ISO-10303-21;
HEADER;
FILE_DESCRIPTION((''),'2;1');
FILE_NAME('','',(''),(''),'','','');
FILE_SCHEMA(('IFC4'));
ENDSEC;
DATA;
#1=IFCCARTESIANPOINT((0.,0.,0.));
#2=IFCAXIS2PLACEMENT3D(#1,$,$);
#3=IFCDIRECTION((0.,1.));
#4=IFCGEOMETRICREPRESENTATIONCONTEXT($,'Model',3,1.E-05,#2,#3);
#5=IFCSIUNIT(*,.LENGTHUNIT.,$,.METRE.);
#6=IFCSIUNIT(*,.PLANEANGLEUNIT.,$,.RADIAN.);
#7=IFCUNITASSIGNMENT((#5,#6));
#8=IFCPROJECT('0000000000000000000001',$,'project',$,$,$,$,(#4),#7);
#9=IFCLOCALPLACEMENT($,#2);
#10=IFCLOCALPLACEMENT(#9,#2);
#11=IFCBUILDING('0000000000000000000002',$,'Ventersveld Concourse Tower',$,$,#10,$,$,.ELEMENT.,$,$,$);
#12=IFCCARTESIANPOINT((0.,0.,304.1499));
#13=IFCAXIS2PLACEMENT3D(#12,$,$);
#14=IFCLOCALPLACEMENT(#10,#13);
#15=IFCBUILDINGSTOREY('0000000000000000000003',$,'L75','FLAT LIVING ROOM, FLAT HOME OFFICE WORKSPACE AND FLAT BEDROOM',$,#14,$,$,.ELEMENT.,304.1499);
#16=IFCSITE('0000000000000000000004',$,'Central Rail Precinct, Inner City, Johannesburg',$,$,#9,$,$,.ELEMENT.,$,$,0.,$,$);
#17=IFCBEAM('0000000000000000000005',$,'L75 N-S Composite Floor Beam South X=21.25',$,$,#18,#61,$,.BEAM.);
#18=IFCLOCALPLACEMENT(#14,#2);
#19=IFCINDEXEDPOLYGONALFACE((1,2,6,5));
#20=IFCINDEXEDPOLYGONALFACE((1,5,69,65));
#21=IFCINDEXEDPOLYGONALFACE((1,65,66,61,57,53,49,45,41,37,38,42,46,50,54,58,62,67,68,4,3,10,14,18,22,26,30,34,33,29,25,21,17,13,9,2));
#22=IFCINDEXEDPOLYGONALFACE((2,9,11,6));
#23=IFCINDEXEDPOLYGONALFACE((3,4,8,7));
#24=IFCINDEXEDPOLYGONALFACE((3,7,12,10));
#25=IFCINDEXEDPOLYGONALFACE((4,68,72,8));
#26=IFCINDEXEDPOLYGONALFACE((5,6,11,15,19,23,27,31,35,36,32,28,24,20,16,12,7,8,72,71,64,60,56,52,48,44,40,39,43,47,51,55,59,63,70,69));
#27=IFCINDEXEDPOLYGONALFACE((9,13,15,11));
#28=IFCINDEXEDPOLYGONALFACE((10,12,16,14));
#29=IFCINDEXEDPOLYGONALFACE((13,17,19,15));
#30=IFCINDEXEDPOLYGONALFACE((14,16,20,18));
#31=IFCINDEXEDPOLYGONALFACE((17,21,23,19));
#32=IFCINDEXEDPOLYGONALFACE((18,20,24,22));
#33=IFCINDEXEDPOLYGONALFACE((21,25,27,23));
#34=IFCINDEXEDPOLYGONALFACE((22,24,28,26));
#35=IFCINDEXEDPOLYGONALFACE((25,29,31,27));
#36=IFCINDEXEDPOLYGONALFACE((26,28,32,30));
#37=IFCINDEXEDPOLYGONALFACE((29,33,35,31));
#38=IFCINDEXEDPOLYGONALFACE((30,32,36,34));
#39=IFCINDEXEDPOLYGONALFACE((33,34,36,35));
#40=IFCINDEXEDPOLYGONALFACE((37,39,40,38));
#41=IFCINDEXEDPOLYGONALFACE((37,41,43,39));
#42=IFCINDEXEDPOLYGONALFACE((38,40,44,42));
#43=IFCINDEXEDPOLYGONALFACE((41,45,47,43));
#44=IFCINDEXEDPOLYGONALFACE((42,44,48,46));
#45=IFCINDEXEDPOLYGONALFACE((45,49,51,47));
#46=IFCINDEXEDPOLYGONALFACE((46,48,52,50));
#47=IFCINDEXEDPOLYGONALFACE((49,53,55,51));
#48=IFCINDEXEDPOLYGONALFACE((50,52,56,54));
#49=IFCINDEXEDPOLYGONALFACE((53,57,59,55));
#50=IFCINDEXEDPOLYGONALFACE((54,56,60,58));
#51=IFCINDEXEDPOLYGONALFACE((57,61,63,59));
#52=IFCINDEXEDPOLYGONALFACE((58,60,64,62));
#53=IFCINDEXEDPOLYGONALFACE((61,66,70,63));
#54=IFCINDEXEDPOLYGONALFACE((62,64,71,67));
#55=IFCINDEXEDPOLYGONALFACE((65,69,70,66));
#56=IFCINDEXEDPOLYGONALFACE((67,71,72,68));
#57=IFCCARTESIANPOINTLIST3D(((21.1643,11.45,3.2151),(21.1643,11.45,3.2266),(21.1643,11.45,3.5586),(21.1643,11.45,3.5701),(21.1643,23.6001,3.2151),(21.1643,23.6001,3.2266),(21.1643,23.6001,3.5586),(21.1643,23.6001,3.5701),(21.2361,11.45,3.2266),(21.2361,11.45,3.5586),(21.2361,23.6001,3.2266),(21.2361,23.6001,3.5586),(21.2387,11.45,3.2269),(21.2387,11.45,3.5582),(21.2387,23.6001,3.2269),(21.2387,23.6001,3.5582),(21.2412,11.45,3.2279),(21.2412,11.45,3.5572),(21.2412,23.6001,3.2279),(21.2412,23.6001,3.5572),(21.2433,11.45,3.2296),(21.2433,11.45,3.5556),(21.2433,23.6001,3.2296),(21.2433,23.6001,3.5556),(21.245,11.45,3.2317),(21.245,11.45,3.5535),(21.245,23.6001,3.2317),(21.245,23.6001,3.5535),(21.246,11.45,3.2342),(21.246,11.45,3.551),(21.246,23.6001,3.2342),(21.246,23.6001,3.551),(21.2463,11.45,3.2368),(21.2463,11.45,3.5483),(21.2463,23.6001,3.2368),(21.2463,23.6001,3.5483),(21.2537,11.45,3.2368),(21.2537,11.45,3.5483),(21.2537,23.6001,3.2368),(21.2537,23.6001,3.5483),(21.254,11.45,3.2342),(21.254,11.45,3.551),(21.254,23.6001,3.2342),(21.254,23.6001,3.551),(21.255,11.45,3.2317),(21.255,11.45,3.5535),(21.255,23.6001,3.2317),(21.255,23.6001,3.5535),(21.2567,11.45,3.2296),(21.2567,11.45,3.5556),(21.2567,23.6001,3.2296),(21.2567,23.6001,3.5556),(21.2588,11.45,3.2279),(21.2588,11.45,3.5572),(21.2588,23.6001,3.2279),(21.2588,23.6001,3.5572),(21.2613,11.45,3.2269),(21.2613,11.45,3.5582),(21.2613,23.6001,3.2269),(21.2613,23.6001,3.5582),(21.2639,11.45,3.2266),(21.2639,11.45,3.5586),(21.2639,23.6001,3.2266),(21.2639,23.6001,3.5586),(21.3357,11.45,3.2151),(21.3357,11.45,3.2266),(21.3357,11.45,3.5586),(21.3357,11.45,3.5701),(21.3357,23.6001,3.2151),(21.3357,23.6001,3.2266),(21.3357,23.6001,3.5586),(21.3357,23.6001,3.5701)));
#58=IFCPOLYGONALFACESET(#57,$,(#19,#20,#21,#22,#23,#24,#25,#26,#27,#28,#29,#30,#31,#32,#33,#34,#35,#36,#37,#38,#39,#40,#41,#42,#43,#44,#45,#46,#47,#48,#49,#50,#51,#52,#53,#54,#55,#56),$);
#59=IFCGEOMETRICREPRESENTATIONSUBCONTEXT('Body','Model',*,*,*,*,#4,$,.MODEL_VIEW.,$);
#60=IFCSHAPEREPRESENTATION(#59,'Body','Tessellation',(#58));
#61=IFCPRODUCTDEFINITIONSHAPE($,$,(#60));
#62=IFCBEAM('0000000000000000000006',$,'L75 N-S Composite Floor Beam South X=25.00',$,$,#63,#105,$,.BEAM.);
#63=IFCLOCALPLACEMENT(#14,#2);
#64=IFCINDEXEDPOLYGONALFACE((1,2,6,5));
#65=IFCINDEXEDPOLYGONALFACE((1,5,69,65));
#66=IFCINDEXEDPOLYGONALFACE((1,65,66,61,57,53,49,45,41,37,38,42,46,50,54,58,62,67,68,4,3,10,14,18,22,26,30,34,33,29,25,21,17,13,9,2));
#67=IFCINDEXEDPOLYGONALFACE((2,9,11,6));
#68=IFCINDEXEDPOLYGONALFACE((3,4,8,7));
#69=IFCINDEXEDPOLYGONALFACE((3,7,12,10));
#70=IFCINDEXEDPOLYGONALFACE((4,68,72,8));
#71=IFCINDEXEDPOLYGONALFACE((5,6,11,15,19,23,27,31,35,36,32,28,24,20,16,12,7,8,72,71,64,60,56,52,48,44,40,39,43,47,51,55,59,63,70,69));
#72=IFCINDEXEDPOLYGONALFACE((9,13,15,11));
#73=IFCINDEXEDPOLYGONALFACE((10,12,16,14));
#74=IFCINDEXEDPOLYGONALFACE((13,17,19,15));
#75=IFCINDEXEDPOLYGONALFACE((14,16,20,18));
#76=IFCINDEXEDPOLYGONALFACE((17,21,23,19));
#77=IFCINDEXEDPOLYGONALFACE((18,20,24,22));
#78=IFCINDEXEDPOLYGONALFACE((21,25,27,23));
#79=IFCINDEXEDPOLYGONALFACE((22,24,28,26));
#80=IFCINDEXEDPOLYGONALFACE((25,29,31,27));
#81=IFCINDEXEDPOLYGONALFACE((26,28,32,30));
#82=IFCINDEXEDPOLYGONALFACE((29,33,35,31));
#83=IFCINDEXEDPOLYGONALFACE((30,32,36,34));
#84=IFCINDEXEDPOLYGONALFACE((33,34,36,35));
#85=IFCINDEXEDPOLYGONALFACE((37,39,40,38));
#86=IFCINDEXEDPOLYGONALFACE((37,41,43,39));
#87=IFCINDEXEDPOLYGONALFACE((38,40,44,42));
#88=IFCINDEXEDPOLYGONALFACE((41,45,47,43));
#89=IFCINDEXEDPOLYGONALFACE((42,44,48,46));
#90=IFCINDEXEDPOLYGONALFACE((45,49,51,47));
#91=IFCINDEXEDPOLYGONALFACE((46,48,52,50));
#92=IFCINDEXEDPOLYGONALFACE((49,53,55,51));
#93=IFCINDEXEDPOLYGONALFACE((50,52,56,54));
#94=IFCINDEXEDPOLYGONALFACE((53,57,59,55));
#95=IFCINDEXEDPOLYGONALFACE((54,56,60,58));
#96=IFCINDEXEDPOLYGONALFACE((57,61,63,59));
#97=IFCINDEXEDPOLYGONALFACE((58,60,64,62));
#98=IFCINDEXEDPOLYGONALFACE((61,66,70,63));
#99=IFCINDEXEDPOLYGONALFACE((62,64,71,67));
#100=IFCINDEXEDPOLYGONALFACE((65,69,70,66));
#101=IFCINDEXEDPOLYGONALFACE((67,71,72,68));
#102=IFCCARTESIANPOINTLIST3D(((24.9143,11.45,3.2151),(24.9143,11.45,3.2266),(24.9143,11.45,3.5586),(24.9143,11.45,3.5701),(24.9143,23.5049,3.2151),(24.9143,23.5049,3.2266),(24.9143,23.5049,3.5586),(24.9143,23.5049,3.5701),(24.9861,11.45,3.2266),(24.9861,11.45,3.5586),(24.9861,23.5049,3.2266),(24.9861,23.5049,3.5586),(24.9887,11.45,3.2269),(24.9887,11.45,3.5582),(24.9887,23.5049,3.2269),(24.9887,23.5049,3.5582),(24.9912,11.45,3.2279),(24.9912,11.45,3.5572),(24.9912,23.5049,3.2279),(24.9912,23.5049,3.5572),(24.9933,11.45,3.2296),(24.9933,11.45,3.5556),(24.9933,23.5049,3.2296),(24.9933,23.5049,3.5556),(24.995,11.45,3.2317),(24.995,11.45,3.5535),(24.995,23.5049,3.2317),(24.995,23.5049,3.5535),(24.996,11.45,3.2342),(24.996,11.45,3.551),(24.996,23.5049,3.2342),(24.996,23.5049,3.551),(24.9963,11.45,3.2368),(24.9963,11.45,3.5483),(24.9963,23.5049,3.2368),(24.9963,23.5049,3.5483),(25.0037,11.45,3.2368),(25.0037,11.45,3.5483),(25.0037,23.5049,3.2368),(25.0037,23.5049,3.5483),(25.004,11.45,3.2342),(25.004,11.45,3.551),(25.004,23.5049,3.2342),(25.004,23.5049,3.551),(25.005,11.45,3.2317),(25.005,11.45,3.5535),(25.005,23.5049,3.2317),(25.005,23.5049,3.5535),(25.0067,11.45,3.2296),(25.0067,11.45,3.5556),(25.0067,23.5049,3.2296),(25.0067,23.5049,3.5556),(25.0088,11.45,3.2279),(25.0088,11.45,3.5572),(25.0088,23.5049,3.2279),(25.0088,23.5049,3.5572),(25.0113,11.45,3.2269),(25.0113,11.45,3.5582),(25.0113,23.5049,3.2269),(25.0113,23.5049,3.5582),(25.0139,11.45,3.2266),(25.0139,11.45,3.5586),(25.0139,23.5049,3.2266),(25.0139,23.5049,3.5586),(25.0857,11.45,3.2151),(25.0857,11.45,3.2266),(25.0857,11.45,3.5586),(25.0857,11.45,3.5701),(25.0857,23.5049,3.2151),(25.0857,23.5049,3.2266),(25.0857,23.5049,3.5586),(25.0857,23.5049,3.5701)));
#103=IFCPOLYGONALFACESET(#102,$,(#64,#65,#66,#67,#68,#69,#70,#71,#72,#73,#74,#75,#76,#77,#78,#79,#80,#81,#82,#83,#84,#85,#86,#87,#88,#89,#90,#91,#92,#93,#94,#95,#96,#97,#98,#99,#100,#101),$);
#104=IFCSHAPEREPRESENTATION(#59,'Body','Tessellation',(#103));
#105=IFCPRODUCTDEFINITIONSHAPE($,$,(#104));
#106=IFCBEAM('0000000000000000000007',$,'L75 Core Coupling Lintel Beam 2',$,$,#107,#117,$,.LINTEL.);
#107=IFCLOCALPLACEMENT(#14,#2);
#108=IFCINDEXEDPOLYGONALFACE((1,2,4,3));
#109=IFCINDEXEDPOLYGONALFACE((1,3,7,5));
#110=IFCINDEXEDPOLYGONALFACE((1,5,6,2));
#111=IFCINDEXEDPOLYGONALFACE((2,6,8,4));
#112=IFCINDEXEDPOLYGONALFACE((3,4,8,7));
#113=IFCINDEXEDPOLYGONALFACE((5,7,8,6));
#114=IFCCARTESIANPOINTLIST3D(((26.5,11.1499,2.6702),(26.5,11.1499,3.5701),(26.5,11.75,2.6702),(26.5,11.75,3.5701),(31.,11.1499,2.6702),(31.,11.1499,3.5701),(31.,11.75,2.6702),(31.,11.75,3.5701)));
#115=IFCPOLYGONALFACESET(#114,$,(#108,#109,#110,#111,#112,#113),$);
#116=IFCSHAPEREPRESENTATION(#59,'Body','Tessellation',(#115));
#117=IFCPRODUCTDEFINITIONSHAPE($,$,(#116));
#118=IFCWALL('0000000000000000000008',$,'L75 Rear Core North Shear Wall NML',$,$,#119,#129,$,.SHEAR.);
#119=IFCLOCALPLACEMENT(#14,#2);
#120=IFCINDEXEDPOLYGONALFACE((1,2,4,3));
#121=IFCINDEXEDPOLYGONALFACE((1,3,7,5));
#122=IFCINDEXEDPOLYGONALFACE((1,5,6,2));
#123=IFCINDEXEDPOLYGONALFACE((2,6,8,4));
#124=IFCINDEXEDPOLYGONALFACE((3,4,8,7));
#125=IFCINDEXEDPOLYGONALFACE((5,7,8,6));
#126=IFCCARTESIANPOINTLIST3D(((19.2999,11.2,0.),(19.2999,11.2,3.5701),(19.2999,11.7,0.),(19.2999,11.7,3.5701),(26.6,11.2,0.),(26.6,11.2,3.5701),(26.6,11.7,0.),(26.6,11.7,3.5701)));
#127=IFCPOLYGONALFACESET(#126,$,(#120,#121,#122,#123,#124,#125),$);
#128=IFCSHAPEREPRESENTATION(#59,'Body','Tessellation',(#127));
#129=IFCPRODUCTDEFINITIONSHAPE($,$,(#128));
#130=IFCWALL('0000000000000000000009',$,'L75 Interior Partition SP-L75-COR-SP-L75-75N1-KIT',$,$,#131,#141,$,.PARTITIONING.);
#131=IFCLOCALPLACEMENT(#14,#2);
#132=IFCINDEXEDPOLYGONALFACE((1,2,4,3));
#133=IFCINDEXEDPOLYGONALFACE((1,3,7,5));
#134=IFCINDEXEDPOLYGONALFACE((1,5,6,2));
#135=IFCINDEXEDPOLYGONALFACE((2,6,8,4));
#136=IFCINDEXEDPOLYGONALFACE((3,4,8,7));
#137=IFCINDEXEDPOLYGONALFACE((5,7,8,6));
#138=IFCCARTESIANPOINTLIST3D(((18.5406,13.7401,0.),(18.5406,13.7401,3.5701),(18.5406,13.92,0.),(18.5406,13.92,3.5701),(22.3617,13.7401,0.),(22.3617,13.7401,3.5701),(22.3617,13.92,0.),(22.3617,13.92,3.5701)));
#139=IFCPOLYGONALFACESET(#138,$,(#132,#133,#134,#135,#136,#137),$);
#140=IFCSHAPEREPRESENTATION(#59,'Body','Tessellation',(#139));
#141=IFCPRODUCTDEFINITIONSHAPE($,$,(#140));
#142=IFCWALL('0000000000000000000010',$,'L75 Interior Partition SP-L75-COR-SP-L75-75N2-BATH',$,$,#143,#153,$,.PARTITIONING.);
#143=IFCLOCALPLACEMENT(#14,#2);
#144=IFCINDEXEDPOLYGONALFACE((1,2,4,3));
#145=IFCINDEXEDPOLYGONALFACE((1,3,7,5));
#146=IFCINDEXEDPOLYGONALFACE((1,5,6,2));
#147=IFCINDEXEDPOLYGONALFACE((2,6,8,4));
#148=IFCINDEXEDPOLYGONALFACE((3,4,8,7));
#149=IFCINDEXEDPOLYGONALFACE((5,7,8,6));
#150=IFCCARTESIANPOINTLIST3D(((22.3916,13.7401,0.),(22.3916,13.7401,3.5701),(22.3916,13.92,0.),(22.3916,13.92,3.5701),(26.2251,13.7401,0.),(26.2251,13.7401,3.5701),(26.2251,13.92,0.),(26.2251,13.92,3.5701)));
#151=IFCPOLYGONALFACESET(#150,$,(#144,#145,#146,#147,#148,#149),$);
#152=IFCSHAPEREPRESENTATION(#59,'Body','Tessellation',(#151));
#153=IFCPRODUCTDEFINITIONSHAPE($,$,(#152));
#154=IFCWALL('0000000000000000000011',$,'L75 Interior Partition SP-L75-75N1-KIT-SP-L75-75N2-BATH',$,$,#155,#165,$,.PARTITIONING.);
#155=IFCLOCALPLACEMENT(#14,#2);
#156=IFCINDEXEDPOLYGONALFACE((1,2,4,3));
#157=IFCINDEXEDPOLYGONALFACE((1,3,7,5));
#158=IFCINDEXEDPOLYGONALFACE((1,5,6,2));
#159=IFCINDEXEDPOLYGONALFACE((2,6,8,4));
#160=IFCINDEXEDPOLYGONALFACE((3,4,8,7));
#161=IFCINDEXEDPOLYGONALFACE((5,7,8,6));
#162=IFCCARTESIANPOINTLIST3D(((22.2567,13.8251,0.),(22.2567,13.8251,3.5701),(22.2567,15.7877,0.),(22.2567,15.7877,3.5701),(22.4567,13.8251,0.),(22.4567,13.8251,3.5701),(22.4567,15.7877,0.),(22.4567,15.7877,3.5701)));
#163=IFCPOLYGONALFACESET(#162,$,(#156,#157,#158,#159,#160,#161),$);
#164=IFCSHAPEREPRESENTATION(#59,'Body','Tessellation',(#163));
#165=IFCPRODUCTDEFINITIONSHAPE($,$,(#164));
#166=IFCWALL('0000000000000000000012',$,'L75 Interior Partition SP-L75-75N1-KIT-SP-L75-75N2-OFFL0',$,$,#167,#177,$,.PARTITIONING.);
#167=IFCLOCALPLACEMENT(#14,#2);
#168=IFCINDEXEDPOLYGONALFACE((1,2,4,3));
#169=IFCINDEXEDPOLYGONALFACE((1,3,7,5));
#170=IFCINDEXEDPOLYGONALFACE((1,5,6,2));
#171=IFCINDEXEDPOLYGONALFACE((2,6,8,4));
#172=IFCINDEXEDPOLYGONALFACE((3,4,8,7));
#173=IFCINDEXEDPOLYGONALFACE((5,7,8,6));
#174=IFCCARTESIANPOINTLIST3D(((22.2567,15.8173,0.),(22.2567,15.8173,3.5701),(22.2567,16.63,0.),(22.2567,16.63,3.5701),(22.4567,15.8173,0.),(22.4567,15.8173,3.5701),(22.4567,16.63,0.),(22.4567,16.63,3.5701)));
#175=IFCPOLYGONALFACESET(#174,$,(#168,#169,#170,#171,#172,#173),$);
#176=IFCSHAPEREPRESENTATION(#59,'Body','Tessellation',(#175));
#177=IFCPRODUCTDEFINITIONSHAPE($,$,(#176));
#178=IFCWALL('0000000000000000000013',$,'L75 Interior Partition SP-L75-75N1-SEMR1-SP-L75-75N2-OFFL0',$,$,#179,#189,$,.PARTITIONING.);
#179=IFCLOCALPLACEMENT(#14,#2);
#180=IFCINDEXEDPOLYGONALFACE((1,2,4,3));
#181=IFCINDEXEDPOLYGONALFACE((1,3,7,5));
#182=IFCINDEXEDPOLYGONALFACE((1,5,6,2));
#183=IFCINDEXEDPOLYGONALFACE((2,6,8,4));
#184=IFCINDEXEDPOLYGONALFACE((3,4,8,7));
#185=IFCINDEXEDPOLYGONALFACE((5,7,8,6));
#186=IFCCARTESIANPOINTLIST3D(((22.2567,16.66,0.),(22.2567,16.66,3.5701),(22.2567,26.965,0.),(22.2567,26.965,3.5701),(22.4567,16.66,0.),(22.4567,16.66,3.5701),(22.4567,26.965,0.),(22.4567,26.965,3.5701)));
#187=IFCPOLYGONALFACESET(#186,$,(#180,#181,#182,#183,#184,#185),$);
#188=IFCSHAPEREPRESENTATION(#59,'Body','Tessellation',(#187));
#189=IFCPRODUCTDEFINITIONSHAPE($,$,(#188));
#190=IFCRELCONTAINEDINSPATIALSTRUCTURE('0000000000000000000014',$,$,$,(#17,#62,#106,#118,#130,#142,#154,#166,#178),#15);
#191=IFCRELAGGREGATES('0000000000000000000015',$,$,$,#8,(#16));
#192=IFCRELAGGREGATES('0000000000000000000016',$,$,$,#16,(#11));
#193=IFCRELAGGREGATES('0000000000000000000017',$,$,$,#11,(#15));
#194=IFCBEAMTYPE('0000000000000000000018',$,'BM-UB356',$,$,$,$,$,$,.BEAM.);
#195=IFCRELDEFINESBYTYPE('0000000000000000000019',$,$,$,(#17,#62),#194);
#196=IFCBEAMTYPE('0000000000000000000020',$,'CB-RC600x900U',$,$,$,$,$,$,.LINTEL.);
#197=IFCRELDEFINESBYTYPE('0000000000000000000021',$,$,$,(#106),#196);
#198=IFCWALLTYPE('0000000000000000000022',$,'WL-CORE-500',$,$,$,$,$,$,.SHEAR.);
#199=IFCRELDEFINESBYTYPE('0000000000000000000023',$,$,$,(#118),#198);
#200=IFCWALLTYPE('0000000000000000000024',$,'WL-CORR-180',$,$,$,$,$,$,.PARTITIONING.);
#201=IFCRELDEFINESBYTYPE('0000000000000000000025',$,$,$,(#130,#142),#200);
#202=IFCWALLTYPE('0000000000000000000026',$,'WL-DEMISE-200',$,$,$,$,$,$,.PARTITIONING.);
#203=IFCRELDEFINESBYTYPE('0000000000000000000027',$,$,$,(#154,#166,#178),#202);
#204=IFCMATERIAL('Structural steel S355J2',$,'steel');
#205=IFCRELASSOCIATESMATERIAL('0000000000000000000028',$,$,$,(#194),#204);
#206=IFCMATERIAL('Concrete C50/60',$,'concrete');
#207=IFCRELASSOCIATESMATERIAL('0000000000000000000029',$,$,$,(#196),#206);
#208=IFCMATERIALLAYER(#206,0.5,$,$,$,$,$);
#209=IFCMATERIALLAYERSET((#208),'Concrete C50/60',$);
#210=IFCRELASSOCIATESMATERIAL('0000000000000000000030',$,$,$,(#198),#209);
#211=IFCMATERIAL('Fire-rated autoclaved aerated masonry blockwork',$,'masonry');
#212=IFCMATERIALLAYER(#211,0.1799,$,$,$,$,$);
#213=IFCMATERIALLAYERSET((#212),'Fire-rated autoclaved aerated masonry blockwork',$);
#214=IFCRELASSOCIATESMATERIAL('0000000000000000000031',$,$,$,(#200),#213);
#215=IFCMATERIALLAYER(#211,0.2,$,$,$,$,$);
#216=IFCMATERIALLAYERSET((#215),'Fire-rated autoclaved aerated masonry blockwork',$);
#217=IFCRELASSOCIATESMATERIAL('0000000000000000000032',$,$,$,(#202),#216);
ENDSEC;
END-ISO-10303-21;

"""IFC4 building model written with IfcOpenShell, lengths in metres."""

from ifc_helpers import new_model, si_unit, direction, frame, frame_2d, origin, origin_2d, place, context, subcontext, project, spatial, rectangle, i_section, extrude, material, layer, layer_set, material_profile, profile_set, type_object, element, save


model = new_model("IFC4")

# Units and contexts
model_context = context("Model", 3, precision=1e-05, world=origin(), true_north=direction((0.0, 1.0)))
body_context = subcontext(model_context, "Body", "Model", "MODEL_VIEW")
ifc_project = project(units=[si_unit("LENGTHUNIT", "METRE"), si_unit("PLANEANGLEUNIT", "RADIAN")], contexts=[model_context])

# Site, building, storey
site_placement = place(None, origin())
site = spatial("IfcSite", under=ifc_project, at=site_placement, Name="Central Rail Precinct, Inner City, Johannesburg", CompositionType="ELEMENT", RefElevation=0.0)
building_placement = place(site_placement, origin())
building = spatial("IfcBuilding", under=site, at=building_placement, Name="Ventersveld Concourse Tower", CompositionType="ELEMENT")
storey_placement = place(building_placement, frame((0.0, 0.0, 304.1499)))
storey = spatial("IfcBuildingStorey", under=building, at=storey_placement, Name="L75", Description="FLAT LIVING ROOM, FLAT HOME OFFICE WORKSPACE AND FLAT BEDROOM", CompositionType="ELEMENT", Elevation=304.1499)

# Beams
ifc_material_1 = material(Name="Structural steel S355J2", Category="steel")
ifc_material_profile_1 = material_profile(ifc_material_1, i_section(OverallWidth=0.1714, OverallDepth=0.355, WebThickness=0.0073, FlangeThickness=0.0115, FilletRadius=0.0103, at=origin_2d()), Name="UB 356x171x51")
ifc_profile_set_1 = profile_set([ifc_material_profile_1], Name="Structural steel S355J2")
beam_type_1 = type_object("IfcBeamType", Name="BM-UB356", PredefinedType="BEAM", material=ifc_profile_set_1)
beam_1_placement = place(storey_placement, frame((21.25, 11.45, 3.3926), z_axis=(0.0, 1.0, 0.0), x_axis=(-1.0, 0.0, 0.0)))
element("IfcBeam", 1, at=beam_1_placement, inside=storey, type_object=beam_type_1, Name="L75 N-S Composite Floor Beam South X=21.25", PredefinedType="BEAM", context=body_context, shape_type="SweptSolid", body=[
    extrude(i_section(OverallWidth=0.1714, OverallDepth=0.355, WebThickness=0.0073, FlangeThickness=0.0115, FilletRadius=0.0103, at=origin_2d()), origin(), (0.0, 0.0, 1.0), 12.1501),
])
beam_2_placement = place(storey_placement, frame((25.0, 11.45, 3.3926), z_axis=(0.0, 1.0, 0.0), x_axis=(-1.0, 0.0, 0.0)))
element("IfcBeam", 2, at=beam_2_placement, inside=storey, type_object=beam_type_1, Name="L75 N-S Composite Floor Beam South X=25.00", PredefinedType="BEAM", context=body_context, shape_type="SweptSolid", body=[
    extrude(i_section(OverallWidth=0.1714, OverallDepth=0.355, WebThickness=0.0073, FlangeThickness=0.0115, FilletRadius=0.0103, at=origin_2d()), origin(), (0.0, 0.0, 1.0), 12.0549),
])
ifc_material_2 = material(Name="Concrete C50/60", Category="concrete")
ifc_material_profile_2 = material_profile(ifc_material_2, rectangle(XDim=0.6001, YDim=0.8999, at=origin_2d()), Name="RC 600x900")
ifc_profile_set_2 = profile_set([ifc_material_profile_2], Name="Concrete C50/60")
beam_type_2 = type_object("IfcBeamType", Name="CB-RC600x900U", PredefinedType="LINTEL", material=ifc_profile_set_2)
beam_3_placement = place(storey_placement, frame((26.5, 11.45, 3.1201), z_axis=(1.0, 0.0, 0.0), x_axis=(0.0, 1.0, 0.0)))
element("IfcBeam", 3, at=beam_3_placement, inside=storey, type_object=beam_type_2, Name="L75 Core Coupling Lintel Beam 2", PredefinedType="LINTEL", context=body_context, shape_type="SweptSolid", body=[
    extrude(rectangle(XDim=0.6001, YDim=0.8999, at=origin_2d()), origin(), (0.0, 0.0, 1.0), 4.5),
])

# Walls
ifc_layer_1 = layer(ifc_material_2, 0.5)
ifc_layer_set_1 = layer_set([ifc_layer_1], Name="Concrete C50/60")
wall_type_1 = type_object("IfcWallType", Name="WL-CORE-500", PredefinedType="SHEAR", material=ifc_layer_set_1)
wall_1_placement = place(storey_placement, frame((19.3, 11.45, 0.0), z_axis=(0.0, 0.0, 1.0), x_axis=(1.0, 0.0, 0.0)))
element("IfcWall", 4, at=wall_1_placement, inside=storey, type_object=wall_type_1, Name="L75 Rear Core North Shear Wall NML", PredefinedType="SHEAR", context=body_context, shape_type="SweptSolid", body=[
    extrude(rectangle(XDim=7.3, YDim=0.5, at=frame_2d((3.6499, 0.0))), origin(), (0.0, 0.0, 1.0), 3.5701),
])
ifc_material_3 = material(Name="Fire-rated autoclaved aerated masonry blockwork", Category="masonry")
ifc_layer_2 = layer(ifc_material_3, 0.1799)
ifc_layer_set_2 = layer_set([ifc_layer_2], Name="Fire-rated autoclaved aerated masonry blockwork")
wall_type_2 = type_object("IfcWallType", Name="WL-CORR-180", PredefinedType="PARTITIONING", material=ifc_layer_set_2)
wall_2_placement = place(storey_placement, frame((18.5405, 13.8301, 0.0), z_axis=(0.0, 0.0, 1.0), x_axis=(1.0, 0.0, 0.0)))
element("IfcWall", 5, at=wall_2_placement, inside=storey, type_object=wall_type_2, Name="L75 Interior Partition SP-L75-COR-SP-L75-75N1-KIT", PredefinedType="PARTITIONING", context=body_context, shape_type="SweptSolid", body=[
    extrude(rectangle(XDim=3.821, YDim=0.1799, at=frame_2d((1.9106, 0.0))), origin(), (0.0, 0.0, 1.0), 3.5701),
])

# Walls
wall_3_placement = place(storey_placement, frame((22.3916, 13.8301, 0.0), z_axis=(0.0, 0.0, 1.0), x_axis=(1.0, 0.0, 0.0)))
element("IfcWall", 6, at=wall_3_placement, inside=storey, type_object=wall_type_2, Name="L75 Interior Partition SP-L75-COR-SP-L75-75N2-BATH", PredefinedType="PARTITIONING", context=body_context, shape_type="SweptSolid", body=[
    extrude(rectangle(XDim=3.8335, YDim=0.1799, at=frame_2d((1.9167, 0.0))), origin(), (0.0, 0.0, 1.0), 3.5701),
])
ifc_layer_3 = layer(ifc_material_3, 0.2)
ifc_layer_set_3 = layer_set([ifc_layer_3], Name="Fire-rated autoclaved aerated masonry blockwork")
wall_type_3 = type_object("IfcWallType", Name="WL-DEMISE-200", PredefinedType="PARTITIONING", material=ifc_layer_set_3)
wall_4_placement = place(storey_placement, frame((22.3567, 13.825, 0.0), z_axis=(0.0, 0.0, 1.0), x_axis=(0.0, 1.0, 0.0)))
element("IfcWall", 7, at=wall_4_placement, inside=storey, type_object=wall_type_3, Name="L75 Interior Partition SP-L75-75N1-KIT-SP-L75-75N2-BATH", PredefinedType="PARTITIONING", context=body_context, shape_type="SweptSolid", body=[
    extrude(rectangle(XDim=1.9626, YDim=0.2, at=frame_2d((0.9814, 0.0))), origin(), (0.0, 0.0, 1.0), 3.5701),
])
wall_5_placement = place(storey_placement, frame((22.3567, 15.8174, 0.0), z_axis=(0.0, 0.0, 1.0), x_axis=(0.0, 1.0, 0.0)))
element("IfcWall", 8, at=wall_5_placement, inside=storey, type_object=wall_type_3, Name="L75 Interior Partition SP-L75-75N1-KIT-SP-L75-75N2-OFFL0", PredefinedType="PARTITIONING", context=body_context, shape_type="SweptSolid", body=[
    extrude(rectangle(XDim=0.8127, YDim=0.2, at=frame_2d((0.4062, 0.0))), origin(), (0.0, 0.0, 1.0), 3.5701),
])
wall_6_placement = place(storey_placement, frame((22.3567, 16.6602, 0.0), z_axis=(0.0, 0.0, 1.0), x_axis=(0.0, 1.0, 0.0)))
element("IfcWall", 9, at=wall_6_placement, inside=storey, type_object=wall_type_3, Name="L75 Interior Partition SP-L75-75N1-SEMR1-SP-L75-75N2-OFFL0", PredefinedType="PARTITIONING", context=body_context, shape_type="SweptSolid", body=[
    extrude(rectangle(XDim=10.3049, YDim=0.2, at=frame_2d((5.1523, 0.0))), origin(), (0.0, 0.0, 1.0), 3.5701),
])

save(model, "model.ifc")
